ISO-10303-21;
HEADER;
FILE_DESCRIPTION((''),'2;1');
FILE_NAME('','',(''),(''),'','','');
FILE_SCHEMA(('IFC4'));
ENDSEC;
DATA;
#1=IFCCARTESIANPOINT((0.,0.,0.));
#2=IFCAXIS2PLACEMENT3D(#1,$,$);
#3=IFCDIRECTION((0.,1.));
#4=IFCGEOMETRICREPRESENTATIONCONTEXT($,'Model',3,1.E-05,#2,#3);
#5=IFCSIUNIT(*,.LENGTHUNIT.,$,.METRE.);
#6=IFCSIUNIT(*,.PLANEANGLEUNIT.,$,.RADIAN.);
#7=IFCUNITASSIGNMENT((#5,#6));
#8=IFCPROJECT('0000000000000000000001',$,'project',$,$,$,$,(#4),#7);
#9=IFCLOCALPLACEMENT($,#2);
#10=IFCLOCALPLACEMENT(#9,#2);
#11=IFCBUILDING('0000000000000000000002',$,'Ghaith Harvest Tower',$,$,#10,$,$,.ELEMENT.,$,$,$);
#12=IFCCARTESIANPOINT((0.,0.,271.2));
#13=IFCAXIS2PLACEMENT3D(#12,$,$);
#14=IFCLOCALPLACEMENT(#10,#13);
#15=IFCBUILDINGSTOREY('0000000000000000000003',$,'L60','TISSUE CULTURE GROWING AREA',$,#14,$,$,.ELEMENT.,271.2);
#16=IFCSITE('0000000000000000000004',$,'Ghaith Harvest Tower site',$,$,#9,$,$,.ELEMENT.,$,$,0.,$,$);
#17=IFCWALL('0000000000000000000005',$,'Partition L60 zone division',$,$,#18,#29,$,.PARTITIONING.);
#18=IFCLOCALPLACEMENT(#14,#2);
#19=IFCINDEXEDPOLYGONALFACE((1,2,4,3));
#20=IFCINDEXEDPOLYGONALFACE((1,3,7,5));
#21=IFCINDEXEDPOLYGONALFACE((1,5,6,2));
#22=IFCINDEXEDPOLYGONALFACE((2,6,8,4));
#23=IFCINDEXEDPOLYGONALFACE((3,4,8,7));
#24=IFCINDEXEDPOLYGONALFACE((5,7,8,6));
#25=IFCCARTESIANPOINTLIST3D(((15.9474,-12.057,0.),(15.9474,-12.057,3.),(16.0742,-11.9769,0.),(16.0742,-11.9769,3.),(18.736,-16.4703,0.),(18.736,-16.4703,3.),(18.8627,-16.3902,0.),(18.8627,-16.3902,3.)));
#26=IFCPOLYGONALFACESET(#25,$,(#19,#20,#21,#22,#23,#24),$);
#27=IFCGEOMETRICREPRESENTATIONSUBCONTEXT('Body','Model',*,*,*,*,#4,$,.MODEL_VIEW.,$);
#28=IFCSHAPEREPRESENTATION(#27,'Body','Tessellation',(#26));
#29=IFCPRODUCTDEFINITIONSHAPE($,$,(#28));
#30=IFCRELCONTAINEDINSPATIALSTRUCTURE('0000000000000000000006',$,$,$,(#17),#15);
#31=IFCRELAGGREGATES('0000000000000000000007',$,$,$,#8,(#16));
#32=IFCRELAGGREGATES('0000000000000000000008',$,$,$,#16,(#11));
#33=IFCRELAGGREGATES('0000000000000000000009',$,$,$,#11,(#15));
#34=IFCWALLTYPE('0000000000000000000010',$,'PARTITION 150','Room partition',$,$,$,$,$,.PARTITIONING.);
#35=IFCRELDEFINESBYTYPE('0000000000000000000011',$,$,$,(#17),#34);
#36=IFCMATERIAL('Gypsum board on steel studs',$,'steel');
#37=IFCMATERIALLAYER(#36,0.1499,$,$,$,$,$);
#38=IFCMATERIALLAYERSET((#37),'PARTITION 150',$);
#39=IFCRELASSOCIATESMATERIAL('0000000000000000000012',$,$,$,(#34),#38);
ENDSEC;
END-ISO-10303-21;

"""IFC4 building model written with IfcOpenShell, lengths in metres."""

from ifc_helpers import new_model, si_unit, direction, frame, frame_2d, origin, place, context, subcontext, project, spatial, rectangle, extrude, material, layer, layer_set, type_object, element, save


model = new_model("IFC4")

# Units and contexts
model_context = context("Model", 3, precision=1e-05, world=origin(), true_north=direction((0.0, 1.0)))
body_context = subcontext(model_context, "Body", "Model", "MODEL_VIEW")
ifc_project = project(units=[si_unit("LENGTHUNIT", "METRE"), si_unit("PLANEANGLEUNIT", "RADIAN")], contexts=[model_context])

# Site, building, storey
site_placement = place(None, origin())
site = spatial("IfcSite", under=ifc_project, at=site_placement, Name="Ghaith Harvest Tower site", CompositionType="ELEMENT", RefElevation=0.0)
building_placement = place(site_placement, origin())
building = spatial("IfcBuilding", under=site, at=building_placement, Name="Ghaith Harvest Tower", CompositionType="ELEMENT")
storey_placement = place(building_placement, frame((0.0, 0.0, 271.2)))
storey = spatial("IfcBuildingStorey", under=building, at=storey_placement, Name="L60", Description="TISSUE CULTURE GROWING AREA", CompositionType="ELEMENT", Elevation=271.2)

# Wall
ifc_material_1 = material(Name="Gypsum board on steel studs", Category="steel")
ifc_layer_1 = layer(ifc_material_1, 0.1499)
ifc_layer_set_1 = layer_set([ifc_layer_1], Name="PARTITION 150")
wall_type_1 = type_object("IfcWallType", Name="PARTITION 150", Description="Room partition", PredefinedType="PARTITIONING", material=ifc_layer_set_1)
wall_1_placement = place(storey_placement, frame((16.0107, -12.0168, 0.0), z_axis=(0.0, 0.0, 1.0), x_axis=(0.534158, -0.845384, 0.0)))
element("IfcWall", 1, at=wall_1_placement, inside=storey, type_object=wall_type_1, Name="Partition L60 zone division", PredefinedType="PARTITIONING", context=body_context, shape_type="SweptSolid", body=[
    extrude(rectangle(XDim=5.2205, YDim=0.1499, at=frame_2d((2.6104, 0.0))), origin(), (0.0, 0.0, 1.0), 3.0),
])

save(model, "model.ifc")
